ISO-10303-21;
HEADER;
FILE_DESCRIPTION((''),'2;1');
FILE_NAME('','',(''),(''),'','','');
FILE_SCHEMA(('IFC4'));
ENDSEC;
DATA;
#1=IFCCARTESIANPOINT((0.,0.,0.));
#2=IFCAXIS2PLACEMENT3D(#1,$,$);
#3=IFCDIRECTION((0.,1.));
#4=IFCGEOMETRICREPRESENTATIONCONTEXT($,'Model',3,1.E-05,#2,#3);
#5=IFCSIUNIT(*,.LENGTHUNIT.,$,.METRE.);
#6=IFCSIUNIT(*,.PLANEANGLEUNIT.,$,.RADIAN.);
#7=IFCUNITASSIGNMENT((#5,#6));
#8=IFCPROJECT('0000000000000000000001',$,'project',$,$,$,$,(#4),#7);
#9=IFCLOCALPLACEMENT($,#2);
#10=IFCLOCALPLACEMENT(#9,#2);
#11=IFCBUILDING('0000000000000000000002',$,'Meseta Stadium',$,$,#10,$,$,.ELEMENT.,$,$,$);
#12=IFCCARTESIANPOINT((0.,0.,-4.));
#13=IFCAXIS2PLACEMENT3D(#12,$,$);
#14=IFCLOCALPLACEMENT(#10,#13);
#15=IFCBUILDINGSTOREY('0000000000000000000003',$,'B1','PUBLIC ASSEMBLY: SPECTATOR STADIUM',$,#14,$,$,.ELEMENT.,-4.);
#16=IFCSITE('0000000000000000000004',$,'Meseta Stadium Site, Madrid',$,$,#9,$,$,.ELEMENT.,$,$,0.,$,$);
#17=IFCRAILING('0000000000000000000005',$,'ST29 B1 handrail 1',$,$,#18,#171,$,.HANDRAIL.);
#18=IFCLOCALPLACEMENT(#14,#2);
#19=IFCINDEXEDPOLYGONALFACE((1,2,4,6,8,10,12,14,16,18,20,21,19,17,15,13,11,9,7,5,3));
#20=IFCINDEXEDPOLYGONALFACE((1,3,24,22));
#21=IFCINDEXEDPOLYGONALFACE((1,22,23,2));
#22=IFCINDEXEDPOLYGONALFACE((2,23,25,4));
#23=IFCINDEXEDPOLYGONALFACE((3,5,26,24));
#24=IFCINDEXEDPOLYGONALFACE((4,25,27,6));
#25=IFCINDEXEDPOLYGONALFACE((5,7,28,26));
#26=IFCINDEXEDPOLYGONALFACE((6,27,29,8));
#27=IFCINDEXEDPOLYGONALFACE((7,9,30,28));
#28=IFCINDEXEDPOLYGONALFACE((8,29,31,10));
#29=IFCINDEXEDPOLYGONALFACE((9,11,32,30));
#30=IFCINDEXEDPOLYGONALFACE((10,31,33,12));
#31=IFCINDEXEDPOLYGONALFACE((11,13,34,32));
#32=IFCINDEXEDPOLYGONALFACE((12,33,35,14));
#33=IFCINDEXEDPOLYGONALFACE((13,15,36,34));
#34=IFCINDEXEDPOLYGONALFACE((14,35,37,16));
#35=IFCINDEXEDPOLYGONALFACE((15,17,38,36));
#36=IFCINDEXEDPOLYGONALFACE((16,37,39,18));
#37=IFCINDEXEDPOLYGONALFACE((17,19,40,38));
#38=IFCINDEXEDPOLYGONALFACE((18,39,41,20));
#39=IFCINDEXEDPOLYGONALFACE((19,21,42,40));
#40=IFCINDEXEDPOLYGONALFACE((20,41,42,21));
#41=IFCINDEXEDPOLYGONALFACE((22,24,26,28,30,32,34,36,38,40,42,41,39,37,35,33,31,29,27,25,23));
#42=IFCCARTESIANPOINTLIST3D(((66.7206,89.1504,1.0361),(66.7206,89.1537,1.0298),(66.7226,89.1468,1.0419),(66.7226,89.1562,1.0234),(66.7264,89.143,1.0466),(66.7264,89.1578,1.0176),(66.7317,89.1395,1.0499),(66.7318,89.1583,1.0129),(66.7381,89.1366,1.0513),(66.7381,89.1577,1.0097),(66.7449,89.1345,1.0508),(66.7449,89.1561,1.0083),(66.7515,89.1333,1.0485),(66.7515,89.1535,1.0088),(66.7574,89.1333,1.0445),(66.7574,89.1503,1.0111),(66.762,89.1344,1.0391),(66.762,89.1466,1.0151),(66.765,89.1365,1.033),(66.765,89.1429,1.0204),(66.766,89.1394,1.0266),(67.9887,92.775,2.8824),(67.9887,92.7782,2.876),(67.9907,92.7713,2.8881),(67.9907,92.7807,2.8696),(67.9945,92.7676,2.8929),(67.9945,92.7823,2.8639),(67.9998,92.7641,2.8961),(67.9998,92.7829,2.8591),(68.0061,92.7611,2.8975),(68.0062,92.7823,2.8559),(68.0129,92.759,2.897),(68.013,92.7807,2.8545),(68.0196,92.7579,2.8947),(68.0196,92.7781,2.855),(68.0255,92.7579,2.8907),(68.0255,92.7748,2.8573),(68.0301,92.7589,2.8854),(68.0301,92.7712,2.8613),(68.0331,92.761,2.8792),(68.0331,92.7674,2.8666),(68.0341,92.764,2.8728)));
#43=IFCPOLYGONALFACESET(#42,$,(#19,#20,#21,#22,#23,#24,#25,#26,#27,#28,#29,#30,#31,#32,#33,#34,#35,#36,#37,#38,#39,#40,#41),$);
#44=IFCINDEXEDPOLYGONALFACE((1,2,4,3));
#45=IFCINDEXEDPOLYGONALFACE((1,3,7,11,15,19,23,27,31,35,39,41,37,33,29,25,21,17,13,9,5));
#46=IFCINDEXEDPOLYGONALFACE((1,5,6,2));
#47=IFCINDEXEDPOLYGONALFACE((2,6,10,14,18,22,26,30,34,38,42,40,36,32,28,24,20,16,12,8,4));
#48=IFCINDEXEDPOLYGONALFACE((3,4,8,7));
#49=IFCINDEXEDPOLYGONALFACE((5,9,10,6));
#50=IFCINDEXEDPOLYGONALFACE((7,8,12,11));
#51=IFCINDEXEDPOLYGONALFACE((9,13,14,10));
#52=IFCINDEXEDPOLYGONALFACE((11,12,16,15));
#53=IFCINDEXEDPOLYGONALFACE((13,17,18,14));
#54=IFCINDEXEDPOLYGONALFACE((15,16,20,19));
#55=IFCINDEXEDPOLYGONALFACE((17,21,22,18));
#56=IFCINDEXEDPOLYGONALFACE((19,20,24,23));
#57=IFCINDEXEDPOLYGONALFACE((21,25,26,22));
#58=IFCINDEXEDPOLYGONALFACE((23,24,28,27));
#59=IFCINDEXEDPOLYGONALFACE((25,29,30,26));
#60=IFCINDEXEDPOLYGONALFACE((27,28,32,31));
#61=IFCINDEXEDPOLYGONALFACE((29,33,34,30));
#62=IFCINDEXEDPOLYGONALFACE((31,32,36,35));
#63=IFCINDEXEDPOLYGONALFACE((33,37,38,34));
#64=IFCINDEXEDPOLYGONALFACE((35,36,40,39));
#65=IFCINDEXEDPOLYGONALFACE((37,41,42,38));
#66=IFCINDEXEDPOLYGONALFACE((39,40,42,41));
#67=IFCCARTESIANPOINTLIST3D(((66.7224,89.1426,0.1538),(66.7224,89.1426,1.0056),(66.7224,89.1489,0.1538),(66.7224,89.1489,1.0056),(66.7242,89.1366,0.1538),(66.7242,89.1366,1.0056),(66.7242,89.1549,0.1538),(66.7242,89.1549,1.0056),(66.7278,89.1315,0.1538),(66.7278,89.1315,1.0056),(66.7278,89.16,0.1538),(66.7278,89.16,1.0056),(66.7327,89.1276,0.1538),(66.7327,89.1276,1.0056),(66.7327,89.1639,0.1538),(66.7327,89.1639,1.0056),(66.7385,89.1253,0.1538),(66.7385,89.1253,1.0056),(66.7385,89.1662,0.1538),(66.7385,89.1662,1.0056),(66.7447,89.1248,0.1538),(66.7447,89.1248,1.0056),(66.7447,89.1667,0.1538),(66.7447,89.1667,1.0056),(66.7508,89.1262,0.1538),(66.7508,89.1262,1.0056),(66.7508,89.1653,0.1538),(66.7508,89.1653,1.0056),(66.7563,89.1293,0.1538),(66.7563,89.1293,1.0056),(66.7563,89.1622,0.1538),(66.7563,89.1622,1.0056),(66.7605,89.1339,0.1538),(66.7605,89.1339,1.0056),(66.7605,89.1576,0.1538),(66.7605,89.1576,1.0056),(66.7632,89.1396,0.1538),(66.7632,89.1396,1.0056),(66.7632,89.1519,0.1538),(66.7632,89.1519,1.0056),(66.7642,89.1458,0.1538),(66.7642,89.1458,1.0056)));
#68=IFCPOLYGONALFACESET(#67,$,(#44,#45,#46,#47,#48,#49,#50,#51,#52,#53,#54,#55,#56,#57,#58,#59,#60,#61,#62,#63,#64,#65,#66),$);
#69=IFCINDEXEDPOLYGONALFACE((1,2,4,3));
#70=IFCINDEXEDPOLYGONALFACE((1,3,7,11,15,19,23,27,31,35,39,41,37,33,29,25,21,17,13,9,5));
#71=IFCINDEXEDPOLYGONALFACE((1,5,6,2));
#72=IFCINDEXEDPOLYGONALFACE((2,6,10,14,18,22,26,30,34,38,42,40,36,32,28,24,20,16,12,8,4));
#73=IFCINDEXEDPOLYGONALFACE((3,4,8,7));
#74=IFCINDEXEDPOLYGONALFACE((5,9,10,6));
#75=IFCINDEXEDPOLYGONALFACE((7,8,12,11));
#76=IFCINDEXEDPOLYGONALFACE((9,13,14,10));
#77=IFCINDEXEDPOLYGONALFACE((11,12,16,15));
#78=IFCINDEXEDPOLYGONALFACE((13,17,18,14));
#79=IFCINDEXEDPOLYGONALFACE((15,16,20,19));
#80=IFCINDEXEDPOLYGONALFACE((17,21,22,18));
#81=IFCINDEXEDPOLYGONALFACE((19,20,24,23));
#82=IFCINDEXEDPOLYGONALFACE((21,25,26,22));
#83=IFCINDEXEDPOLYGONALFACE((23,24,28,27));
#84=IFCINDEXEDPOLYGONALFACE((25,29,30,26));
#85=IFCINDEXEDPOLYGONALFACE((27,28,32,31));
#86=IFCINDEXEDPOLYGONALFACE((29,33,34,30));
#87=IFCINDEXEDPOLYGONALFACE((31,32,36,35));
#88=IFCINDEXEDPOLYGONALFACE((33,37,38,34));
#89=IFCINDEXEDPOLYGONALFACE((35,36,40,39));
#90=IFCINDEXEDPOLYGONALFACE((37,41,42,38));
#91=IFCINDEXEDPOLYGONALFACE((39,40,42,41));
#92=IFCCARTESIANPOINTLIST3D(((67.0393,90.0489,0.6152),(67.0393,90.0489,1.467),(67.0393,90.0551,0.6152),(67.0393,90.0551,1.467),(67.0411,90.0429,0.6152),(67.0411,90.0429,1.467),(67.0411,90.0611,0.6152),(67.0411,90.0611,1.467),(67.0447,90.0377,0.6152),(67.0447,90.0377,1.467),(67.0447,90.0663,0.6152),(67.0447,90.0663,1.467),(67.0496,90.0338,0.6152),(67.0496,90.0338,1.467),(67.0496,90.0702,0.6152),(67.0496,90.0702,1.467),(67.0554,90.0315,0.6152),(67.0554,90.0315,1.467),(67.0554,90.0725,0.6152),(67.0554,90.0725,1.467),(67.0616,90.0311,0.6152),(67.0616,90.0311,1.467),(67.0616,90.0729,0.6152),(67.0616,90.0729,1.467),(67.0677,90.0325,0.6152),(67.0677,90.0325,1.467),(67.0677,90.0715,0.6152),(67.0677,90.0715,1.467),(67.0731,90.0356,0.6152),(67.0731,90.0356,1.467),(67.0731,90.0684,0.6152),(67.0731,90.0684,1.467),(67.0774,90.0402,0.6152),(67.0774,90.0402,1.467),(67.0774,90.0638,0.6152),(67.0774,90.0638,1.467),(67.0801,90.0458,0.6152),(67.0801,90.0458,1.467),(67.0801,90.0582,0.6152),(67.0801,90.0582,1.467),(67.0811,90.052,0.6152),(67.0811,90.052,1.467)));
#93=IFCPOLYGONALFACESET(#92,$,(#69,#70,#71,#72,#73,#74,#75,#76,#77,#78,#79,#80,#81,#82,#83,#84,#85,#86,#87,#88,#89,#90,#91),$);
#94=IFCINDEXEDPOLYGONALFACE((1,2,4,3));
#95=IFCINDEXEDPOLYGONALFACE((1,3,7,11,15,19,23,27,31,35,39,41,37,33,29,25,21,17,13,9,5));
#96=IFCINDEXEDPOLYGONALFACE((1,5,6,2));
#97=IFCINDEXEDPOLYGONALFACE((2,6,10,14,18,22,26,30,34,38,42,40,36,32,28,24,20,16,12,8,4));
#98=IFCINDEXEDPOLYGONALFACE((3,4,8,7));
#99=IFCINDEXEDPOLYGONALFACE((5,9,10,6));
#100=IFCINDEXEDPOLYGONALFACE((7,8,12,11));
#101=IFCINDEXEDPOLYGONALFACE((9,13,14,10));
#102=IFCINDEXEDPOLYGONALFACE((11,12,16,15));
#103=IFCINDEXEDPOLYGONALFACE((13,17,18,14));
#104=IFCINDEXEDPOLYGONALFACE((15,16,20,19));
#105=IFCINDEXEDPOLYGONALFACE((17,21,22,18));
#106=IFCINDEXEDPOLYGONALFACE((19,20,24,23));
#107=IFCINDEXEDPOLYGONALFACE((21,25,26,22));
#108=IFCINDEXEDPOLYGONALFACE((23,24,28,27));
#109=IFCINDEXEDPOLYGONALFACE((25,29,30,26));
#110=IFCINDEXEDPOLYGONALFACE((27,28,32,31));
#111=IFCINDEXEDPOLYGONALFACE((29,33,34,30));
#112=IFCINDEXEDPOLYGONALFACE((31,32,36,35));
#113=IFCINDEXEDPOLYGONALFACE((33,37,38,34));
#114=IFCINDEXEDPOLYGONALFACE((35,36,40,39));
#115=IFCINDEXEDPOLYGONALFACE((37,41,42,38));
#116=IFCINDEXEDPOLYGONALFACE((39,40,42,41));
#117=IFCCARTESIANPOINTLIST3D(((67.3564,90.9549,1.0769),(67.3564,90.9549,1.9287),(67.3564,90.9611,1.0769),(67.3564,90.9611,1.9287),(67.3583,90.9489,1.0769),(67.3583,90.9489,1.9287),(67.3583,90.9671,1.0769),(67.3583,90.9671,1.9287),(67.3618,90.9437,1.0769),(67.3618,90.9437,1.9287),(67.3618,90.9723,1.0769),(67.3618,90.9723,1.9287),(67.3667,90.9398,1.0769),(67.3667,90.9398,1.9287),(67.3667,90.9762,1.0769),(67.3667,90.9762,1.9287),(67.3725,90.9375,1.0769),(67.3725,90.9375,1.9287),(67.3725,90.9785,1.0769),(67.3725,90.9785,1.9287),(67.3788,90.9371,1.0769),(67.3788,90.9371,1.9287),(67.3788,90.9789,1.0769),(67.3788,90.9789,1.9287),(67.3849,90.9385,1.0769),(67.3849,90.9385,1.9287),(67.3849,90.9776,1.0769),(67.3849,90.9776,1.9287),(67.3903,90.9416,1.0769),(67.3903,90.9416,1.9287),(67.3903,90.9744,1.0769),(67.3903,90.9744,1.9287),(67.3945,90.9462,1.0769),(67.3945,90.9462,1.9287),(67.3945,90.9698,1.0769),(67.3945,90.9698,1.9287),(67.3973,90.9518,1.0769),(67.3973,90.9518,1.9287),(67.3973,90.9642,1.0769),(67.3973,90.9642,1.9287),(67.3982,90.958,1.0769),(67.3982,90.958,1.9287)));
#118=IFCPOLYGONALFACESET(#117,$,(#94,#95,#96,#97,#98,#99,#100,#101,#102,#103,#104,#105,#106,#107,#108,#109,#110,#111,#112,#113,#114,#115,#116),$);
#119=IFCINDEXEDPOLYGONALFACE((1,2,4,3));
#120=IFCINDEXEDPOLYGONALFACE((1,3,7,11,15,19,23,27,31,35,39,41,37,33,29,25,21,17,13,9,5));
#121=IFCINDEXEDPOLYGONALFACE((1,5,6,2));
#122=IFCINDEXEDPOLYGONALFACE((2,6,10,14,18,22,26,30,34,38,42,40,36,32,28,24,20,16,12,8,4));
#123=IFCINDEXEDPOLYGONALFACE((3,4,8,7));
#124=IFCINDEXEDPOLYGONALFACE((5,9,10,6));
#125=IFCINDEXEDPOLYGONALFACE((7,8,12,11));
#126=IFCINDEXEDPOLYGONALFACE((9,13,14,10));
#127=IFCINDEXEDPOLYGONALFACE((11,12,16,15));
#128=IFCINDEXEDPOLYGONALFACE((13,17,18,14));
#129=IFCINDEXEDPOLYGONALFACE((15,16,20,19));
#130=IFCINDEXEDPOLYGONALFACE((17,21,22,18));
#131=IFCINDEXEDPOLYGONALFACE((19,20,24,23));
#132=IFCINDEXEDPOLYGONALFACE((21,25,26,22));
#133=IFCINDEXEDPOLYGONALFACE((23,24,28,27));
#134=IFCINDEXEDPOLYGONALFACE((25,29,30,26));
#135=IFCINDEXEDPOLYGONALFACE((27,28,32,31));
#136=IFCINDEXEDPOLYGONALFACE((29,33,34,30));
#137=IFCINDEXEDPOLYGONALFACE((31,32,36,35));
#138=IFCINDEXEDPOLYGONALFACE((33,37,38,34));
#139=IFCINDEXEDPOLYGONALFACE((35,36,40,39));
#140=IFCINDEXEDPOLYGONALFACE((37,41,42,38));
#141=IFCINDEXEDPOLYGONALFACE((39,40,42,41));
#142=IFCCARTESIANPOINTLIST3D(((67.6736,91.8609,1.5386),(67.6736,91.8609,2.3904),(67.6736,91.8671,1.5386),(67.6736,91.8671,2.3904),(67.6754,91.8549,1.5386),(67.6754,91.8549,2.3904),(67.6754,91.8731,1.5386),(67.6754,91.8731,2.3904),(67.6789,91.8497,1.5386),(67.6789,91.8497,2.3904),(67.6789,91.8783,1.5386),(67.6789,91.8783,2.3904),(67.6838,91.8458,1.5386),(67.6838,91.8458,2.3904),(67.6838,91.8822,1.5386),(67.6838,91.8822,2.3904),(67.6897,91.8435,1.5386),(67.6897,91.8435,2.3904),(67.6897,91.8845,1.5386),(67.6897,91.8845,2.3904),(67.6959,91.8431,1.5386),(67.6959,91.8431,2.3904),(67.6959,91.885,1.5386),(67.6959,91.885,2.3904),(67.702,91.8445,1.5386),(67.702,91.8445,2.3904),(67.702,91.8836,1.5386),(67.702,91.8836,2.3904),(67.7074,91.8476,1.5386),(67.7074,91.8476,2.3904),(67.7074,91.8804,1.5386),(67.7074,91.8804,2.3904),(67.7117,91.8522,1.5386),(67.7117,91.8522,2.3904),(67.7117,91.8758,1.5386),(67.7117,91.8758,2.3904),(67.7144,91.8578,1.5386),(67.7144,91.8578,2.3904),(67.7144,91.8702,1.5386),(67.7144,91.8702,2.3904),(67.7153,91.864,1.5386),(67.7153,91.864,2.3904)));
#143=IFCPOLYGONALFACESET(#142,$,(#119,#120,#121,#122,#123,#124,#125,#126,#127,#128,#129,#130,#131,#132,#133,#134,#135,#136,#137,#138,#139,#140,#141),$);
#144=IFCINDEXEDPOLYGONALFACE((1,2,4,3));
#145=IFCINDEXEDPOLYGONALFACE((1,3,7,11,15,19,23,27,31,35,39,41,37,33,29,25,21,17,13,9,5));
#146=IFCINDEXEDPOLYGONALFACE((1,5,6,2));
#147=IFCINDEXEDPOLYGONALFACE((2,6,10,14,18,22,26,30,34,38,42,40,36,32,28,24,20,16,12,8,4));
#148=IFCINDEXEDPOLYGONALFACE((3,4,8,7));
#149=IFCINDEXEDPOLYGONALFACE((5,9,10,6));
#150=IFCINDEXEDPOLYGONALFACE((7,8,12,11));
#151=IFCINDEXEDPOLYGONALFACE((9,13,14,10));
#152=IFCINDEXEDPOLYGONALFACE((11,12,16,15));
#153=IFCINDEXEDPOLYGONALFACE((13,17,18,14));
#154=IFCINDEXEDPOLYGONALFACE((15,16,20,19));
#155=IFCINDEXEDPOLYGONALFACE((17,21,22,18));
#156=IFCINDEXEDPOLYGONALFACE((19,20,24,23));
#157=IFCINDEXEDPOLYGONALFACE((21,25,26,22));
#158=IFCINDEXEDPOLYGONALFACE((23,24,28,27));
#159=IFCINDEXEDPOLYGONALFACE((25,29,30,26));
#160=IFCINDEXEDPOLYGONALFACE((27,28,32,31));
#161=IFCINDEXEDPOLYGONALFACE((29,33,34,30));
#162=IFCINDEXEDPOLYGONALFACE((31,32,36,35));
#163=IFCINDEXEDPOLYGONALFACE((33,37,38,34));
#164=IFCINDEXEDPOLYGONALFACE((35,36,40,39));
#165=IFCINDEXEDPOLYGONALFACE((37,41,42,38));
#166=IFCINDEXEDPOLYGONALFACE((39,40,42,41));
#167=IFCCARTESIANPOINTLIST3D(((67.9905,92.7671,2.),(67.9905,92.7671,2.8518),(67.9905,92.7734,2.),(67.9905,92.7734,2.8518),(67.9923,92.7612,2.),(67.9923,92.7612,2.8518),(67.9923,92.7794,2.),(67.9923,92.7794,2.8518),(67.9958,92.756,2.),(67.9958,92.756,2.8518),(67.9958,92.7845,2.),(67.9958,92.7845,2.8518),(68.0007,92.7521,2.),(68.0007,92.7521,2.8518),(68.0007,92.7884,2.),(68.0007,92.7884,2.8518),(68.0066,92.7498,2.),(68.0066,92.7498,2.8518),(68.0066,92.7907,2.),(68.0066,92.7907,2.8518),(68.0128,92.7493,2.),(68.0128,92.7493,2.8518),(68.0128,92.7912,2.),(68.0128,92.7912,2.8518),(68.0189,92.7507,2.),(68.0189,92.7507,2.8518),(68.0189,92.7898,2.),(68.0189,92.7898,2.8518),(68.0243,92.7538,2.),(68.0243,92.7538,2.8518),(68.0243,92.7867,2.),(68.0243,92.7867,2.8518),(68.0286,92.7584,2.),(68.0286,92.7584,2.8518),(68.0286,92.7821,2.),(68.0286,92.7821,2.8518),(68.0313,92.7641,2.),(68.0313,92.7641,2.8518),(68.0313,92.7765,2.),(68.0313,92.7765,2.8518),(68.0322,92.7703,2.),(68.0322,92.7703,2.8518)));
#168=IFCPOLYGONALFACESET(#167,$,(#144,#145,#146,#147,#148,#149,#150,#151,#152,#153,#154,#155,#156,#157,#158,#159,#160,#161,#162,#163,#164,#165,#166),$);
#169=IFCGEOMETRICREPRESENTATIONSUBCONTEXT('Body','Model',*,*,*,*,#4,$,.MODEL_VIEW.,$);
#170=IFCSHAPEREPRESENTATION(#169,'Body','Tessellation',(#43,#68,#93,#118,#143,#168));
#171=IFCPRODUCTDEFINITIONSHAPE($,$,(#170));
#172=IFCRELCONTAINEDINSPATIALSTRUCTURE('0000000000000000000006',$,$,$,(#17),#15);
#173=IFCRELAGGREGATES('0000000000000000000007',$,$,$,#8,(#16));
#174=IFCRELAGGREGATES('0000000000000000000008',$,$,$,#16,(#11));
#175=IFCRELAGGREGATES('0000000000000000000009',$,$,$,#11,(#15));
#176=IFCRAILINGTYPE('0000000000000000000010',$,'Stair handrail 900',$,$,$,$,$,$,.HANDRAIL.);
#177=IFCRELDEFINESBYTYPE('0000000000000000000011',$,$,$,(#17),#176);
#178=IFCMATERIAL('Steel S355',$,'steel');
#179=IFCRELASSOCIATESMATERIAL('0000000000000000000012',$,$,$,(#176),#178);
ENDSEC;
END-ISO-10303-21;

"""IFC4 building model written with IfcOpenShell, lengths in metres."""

from ifc_helpers import new_model, si_unit, direction, frame, origin, origin_2d, place, context, subcontext, project, spatial, circle, extrude, material, type_object, element, save


model = new_model("IFC4")

# Units and contexts
model_context = context("Model", 3, precision=1e-05, world=origin(), true_north=direction((0.0, 1.0)))
body_context = subcontext(model_context, "Body", "Model", "MODEL_VIEW")
ifc_project = project(units=[si_unit("LENGTHUNIT", "METRE"), si_unit("PLANEANGLEUNIT", "RADIAN")], contexts=[model_context])

# Site, building, storey
site_placement = place(None, origin())
site = spatial("IfcSite", under=ifc_project, at=site_placement, Name="Meseta Stadium Site, Madrid", CompositionType="ELEMENT", RefElevation=0.0)
building_placement = place(site_placement, origin())
building = spatial("IfcBuilding", under=site, at=building_placement, Name="Meseta Stadium", CompositionType="ELEMENT")
storey_placement = place(building_placement, frame((0.0, 0.0, -4.0)))
storey = spatial("IfcBuildingStorey", under=building, at=storey_placement, Name="B1", Description="PUBLIC ASSEMBLY: SPECTATOR STADIUM", CompositionType="ELEMENT", Elevation=-4.0)

# Railing
ifc_material_1 = material(Name="Steel S355", Category="steel")
railing_type_1 = type_object("IfcRailingType", Name="Stair handrail 900", PredefinedType="HANDRAIL", material=ifc_material_1)
railing_1_placement = place(storey_placement, frame((66.7432, 89.1458, 0.1538)))
element("IfcRailing", 1, at=railing_1_placement, inside=storey, type_object=railing_type_1, Name="ST29 B1 handrail 1", PredefinedType="HANDRAIL", context=body_context, shape_type="SweptSolid", body=[
    extrude(circle(Radius=0.0239, at=origin_2d()), frame((0.0, 0.0, 0.876), z_axis=(0.29762, 0.850686, 0.433308), x_axis=(-0.9439, 0.330231, 0.0)), (0.0, 0.0, 1.0), 4.2607),
    extrude(circle(Radius=0.021, at=origin_2d()), origin(), (0.0, 0.0, 1.0), 0.8518),
    extrude(circle(Radius=0.021, at=origin_2d()), frame((0.3169, 0.9062, 0.4614)), (0.0, 0.0, 1.0), 0.8518),
    extrude(circle(Radius=0.021, at=origin_2d()), frame((0.634, 1.8123, 0.9231)), (0.0, 0.0, 1.0), 0.8518),
    extrude(circle(Radius=0.021, at=origin_2d()), frame((0.9512, 2.7183, 1.3848)), (0.0, 0.0, 1.0), 0.8518),
    extrude(circle(Radius=0.021, at=origin_2d()), frame((1.2681, 3.6245, 1.8462)), (0.0, 0.0, 1.0), 0.8518),
])

save(model, "model.ifc")
